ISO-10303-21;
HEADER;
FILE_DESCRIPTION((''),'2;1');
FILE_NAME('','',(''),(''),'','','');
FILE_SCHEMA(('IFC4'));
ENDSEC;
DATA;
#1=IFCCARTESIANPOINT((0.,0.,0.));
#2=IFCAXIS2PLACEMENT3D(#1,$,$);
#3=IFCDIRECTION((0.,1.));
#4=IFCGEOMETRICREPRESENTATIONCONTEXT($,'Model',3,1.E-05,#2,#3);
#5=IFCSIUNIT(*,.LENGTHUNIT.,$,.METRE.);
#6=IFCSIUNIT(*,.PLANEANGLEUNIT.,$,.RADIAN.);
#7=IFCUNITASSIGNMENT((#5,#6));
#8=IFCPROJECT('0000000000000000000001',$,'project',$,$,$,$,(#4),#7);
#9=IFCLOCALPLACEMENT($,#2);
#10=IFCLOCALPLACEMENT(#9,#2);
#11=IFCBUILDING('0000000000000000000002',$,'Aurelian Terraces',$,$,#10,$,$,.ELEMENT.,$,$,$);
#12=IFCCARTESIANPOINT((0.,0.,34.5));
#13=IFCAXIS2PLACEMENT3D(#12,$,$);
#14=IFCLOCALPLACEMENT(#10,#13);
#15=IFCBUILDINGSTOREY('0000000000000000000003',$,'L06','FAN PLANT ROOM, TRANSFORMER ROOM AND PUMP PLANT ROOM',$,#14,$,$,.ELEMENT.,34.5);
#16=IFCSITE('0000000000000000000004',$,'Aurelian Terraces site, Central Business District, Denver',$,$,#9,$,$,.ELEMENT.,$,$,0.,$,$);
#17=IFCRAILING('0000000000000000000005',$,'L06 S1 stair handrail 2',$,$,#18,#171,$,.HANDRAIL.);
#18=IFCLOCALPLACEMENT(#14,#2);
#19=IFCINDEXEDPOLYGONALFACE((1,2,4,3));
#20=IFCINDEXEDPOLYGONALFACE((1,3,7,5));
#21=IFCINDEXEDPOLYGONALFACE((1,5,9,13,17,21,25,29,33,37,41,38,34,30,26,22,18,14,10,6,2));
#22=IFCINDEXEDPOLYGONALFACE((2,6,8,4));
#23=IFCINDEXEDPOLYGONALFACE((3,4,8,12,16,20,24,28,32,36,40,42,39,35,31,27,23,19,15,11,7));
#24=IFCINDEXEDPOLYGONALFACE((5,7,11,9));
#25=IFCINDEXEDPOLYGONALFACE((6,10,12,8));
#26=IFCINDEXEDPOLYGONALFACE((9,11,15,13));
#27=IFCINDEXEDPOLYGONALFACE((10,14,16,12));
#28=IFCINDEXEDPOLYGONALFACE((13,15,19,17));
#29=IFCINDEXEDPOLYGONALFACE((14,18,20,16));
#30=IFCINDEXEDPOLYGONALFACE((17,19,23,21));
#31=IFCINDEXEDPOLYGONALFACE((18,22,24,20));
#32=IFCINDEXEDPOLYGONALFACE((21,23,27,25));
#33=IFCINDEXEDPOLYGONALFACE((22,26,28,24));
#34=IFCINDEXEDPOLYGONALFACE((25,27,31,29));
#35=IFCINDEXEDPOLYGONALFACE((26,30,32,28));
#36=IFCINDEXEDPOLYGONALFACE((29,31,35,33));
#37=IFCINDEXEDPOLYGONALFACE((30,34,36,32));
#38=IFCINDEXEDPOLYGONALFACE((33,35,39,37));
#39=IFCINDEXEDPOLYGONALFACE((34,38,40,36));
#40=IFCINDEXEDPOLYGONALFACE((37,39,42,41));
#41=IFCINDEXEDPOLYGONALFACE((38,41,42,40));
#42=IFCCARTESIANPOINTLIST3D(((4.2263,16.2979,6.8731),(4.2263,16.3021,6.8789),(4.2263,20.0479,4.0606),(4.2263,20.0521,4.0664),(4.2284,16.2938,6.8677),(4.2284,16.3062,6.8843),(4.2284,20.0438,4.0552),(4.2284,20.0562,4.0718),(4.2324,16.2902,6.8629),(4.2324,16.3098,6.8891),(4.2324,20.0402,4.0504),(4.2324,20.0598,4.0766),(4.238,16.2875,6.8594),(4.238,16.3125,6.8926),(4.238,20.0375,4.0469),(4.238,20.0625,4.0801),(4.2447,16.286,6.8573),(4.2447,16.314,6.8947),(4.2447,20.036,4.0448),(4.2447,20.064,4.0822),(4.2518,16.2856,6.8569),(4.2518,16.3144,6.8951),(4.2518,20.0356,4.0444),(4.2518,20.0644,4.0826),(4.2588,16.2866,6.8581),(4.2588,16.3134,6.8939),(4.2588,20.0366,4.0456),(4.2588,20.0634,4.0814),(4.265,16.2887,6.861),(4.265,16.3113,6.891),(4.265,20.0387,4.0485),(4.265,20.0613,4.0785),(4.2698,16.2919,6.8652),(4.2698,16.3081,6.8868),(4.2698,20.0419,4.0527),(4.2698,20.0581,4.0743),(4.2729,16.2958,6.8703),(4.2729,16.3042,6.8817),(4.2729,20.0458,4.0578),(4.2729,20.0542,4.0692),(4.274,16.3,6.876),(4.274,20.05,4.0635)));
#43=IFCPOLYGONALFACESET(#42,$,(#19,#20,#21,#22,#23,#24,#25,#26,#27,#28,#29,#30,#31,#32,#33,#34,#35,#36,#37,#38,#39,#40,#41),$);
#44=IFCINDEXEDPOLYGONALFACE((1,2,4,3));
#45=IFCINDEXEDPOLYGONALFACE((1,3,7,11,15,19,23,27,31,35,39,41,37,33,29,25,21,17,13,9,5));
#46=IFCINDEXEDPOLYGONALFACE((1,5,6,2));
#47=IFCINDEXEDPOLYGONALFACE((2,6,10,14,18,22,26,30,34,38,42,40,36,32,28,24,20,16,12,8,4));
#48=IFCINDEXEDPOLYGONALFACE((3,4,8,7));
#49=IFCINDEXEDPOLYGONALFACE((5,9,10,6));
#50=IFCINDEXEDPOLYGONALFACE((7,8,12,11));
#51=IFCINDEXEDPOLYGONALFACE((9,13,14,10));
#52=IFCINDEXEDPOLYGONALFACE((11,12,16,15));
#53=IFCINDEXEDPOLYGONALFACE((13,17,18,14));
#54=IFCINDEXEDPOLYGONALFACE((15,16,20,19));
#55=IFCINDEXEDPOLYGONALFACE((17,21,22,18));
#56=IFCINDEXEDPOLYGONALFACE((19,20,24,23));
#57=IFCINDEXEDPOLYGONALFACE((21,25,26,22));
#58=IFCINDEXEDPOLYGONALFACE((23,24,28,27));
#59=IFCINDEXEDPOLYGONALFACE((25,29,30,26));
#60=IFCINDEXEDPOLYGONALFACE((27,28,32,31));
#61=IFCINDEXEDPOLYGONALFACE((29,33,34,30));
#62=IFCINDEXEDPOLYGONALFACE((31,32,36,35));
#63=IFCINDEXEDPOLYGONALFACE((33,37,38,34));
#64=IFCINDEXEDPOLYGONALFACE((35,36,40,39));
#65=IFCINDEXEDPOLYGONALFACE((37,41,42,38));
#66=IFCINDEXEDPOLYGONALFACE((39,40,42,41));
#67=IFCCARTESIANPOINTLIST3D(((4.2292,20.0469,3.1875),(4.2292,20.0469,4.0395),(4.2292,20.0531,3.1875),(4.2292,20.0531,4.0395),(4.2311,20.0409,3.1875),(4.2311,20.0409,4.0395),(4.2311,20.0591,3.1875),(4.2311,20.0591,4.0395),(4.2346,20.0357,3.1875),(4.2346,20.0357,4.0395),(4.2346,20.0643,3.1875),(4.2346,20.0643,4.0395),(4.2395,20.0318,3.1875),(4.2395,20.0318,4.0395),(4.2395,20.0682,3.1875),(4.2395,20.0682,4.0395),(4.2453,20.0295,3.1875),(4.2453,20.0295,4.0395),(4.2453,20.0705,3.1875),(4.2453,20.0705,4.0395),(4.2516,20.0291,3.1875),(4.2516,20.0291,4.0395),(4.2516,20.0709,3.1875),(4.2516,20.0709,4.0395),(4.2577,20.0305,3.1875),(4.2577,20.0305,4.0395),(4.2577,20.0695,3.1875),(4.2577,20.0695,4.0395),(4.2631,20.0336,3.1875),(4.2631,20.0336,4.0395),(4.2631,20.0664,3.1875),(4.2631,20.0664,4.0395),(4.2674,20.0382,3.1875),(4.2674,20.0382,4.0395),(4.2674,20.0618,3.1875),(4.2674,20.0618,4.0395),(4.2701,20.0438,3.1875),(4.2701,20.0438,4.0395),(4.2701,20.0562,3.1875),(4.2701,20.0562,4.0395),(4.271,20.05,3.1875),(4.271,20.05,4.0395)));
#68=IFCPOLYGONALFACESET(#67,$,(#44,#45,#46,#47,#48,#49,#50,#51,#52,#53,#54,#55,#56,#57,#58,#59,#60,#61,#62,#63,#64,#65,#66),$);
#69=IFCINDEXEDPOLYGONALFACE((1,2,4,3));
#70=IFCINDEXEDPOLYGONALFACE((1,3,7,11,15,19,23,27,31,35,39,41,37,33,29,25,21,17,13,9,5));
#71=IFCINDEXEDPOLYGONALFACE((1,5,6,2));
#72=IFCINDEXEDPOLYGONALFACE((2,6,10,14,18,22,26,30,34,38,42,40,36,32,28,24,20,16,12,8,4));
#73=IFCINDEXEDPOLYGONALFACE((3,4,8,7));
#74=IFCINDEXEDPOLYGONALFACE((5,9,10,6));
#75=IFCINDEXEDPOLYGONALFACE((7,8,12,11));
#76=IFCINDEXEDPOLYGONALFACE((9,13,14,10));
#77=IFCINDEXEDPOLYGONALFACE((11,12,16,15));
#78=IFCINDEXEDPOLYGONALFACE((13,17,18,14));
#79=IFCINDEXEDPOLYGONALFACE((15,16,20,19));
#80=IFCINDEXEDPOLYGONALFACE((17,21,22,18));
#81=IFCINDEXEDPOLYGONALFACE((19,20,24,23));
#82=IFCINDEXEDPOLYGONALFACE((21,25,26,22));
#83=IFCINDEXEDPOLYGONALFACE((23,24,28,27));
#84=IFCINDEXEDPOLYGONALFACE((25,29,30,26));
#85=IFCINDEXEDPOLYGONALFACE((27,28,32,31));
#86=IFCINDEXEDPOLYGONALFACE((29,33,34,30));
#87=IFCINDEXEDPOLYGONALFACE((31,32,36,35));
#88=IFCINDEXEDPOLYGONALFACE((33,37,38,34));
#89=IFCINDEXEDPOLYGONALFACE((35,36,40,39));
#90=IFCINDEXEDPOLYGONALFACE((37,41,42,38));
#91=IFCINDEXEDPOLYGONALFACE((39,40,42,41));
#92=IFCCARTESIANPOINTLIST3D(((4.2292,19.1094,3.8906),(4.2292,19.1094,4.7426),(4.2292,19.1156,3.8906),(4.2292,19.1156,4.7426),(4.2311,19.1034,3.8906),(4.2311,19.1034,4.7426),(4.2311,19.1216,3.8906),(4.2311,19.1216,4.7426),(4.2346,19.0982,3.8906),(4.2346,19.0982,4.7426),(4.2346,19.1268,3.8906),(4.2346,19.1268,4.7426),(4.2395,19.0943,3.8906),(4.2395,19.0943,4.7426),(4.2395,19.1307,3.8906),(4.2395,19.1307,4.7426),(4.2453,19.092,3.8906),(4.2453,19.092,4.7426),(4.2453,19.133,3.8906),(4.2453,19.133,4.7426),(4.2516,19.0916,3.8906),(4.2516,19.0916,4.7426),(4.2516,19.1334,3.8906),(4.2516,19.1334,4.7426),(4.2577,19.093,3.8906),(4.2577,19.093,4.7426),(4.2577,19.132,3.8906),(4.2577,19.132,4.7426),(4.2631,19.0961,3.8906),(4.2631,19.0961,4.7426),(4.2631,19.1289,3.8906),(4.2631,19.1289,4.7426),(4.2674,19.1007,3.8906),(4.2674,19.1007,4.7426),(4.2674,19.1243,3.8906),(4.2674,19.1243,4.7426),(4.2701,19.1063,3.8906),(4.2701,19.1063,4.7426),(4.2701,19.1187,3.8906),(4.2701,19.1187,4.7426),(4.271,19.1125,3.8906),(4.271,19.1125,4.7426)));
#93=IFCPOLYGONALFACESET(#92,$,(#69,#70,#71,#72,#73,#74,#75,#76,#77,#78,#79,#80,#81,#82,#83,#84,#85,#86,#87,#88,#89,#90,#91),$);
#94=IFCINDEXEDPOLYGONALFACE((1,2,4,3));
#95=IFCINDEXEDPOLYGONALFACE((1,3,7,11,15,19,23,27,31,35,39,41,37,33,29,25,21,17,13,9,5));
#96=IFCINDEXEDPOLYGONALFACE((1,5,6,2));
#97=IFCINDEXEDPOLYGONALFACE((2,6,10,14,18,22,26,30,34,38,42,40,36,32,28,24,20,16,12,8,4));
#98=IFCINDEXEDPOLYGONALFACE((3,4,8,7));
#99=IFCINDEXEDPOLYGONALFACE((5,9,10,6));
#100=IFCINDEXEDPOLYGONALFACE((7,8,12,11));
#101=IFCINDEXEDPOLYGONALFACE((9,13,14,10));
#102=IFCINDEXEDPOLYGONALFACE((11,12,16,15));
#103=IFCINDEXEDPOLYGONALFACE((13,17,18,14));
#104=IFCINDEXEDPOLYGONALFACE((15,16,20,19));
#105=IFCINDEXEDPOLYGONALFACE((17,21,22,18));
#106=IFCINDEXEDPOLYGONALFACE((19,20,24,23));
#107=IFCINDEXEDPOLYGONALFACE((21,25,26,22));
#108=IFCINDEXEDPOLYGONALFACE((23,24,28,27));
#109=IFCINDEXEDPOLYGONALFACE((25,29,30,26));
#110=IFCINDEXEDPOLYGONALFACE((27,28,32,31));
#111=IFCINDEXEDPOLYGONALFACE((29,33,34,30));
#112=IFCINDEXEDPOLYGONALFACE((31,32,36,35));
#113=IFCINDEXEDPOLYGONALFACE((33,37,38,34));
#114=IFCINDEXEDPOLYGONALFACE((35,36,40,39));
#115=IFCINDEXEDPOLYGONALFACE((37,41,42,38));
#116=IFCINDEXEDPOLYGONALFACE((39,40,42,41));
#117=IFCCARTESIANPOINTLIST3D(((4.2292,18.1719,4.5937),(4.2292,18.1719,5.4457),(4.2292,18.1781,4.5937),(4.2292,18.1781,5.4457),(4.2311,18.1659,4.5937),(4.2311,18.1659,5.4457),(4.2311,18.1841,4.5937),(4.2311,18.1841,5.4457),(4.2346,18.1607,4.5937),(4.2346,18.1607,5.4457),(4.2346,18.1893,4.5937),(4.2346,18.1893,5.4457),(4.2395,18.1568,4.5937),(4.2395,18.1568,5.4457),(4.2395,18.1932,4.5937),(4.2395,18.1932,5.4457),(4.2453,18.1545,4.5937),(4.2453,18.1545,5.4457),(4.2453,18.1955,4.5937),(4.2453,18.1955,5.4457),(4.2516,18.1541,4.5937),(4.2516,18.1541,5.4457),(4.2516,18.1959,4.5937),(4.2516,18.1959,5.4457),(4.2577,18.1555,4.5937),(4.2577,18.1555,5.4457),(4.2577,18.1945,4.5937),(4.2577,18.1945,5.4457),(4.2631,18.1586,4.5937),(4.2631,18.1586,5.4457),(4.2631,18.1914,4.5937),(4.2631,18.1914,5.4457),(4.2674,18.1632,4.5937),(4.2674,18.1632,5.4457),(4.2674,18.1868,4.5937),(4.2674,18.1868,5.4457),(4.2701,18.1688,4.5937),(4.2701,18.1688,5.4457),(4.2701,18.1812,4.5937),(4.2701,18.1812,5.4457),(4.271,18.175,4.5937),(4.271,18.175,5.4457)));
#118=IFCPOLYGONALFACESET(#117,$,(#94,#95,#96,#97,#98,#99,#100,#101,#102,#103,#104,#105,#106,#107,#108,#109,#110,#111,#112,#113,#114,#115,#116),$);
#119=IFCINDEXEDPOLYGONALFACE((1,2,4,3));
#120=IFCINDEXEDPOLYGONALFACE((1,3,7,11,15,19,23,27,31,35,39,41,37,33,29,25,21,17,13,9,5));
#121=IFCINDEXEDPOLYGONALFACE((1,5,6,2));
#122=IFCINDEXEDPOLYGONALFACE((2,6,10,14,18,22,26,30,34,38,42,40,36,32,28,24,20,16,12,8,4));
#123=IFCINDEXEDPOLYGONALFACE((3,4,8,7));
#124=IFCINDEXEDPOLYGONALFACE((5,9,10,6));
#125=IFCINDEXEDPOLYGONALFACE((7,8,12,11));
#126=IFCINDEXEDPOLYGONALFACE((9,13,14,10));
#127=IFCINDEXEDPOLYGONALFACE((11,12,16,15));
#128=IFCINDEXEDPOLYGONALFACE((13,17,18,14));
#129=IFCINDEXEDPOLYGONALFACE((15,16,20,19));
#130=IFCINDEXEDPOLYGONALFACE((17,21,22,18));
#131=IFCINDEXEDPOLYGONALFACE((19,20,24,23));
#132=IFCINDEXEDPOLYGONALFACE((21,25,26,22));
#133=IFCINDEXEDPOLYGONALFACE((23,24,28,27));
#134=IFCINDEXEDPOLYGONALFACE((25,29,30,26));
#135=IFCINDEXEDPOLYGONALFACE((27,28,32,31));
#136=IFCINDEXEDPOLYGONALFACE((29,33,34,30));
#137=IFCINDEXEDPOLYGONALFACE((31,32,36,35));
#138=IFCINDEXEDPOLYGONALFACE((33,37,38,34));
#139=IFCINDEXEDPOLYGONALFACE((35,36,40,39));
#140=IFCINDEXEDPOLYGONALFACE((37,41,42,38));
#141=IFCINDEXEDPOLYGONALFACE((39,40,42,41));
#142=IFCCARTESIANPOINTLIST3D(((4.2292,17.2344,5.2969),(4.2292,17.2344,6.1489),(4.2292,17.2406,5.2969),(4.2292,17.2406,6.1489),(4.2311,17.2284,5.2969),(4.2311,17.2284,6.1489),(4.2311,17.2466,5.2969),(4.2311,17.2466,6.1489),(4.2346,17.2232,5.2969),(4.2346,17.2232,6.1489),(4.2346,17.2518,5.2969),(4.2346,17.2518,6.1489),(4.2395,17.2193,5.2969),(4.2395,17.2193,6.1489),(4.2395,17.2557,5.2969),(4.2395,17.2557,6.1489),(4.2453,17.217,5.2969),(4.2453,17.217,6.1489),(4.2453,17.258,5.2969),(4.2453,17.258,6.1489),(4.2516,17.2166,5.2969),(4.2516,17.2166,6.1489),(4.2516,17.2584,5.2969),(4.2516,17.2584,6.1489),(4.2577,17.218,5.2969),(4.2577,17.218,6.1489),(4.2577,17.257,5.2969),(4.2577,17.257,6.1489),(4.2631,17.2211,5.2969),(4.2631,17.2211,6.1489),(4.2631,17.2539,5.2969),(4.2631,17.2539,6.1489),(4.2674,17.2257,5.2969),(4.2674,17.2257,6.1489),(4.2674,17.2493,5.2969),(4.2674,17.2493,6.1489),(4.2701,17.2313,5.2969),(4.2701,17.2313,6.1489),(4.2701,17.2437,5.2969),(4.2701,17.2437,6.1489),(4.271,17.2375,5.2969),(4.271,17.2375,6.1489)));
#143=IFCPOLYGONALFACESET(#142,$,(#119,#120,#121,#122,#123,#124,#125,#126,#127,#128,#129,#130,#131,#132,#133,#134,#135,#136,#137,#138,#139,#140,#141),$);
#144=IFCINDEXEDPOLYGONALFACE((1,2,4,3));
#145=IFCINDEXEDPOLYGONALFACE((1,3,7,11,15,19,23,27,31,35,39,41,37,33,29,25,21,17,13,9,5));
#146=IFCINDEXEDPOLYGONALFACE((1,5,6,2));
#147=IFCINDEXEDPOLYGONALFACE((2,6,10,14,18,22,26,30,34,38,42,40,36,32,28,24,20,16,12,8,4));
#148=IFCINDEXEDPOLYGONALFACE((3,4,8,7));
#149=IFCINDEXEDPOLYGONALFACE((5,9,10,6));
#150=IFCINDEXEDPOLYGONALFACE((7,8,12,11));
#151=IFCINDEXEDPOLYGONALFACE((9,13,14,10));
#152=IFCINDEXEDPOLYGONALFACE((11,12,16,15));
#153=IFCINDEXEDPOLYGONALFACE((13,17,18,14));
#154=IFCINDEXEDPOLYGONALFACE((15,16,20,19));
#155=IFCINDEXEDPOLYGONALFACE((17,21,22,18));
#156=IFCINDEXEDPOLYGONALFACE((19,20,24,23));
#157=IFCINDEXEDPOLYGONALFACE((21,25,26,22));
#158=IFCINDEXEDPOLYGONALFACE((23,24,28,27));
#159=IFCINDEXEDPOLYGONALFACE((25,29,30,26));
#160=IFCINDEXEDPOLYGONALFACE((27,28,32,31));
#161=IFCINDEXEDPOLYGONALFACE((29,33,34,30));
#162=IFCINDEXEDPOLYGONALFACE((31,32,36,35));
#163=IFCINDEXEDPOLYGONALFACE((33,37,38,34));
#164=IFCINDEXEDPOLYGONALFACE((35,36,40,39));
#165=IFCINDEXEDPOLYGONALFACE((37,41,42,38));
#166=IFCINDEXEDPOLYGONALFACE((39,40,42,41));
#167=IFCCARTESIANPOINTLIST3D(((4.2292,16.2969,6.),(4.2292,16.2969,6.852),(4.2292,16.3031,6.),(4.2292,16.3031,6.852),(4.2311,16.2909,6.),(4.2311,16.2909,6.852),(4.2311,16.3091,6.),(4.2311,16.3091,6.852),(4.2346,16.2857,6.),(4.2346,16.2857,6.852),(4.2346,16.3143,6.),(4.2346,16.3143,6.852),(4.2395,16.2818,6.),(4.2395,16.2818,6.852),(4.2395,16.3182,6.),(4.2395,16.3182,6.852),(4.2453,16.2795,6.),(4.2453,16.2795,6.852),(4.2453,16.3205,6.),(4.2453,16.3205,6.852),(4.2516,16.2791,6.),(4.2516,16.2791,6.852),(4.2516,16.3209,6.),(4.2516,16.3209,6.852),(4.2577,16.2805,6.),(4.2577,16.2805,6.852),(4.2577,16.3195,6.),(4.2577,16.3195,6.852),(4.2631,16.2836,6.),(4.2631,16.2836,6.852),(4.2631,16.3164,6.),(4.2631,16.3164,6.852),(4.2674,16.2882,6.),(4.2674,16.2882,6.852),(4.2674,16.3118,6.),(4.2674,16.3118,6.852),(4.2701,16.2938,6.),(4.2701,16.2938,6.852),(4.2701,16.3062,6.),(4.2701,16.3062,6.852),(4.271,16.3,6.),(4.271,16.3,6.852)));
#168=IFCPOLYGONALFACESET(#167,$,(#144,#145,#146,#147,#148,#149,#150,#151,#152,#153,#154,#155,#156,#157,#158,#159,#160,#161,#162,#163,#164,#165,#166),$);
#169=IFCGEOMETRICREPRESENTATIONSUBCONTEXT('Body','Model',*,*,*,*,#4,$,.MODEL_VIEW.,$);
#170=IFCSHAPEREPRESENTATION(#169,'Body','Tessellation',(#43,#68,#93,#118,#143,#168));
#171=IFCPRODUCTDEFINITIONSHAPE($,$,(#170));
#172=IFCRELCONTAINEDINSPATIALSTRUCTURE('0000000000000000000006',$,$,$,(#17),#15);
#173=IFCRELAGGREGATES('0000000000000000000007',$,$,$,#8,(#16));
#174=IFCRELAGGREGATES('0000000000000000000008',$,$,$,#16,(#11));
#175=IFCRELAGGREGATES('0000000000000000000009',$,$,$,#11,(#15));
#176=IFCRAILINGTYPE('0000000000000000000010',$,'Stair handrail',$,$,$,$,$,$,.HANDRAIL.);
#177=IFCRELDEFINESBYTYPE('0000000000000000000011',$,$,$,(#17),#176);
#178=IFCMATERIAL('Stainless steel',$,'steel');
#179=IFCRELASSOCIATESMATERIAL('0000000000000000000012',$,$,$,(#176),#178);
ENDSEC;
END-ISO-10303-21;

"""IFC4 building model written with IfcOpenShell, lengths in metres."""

from ifc_helpers import new_model, si_unit, direction, frame, origin, origin_2d, place, context, subcontext, project, spatial, circle, extrude, material, type_object, element, save


model = new_model("IFC4")

# Units and contexts
model_context = context("Model", 3, precision=1e-05, world=origin(), true_north=direction((0.0, 1.0)))
body_context = subcontext(model_context, "Body", "Model", "MODEL_VIEW")
ifc_project = project(units=[si_unit("LENGTHUNIT", "METRE"), si_unit("PLANEANGLEUNIT", "RADIAN")], contexts=[model_context])

# Site, building, storey
site_placement = place(None, origin())
site = spatial("IfcSite", under=ifc_project, at=site_placement, Name="Aurelian Terraces site, Central Business District, Denver", CompositionType="ELEMENT", RefElevation=0.0)
building_placement = place(site_placement, origin())
building = spatial("IfcBuilding", under=site, at=building_placement, Name="Aurelian Terraces", CompositionType="ELEMENT")
storey_placement = place(building_placement, frame((0.0, 0.0, 34.5)))
storey = spatial("IfcBuildingStorey", under=building, at=storey_placement, Name="L06", Description="FAN PLANT ROOM, TRANSFORMER ROOM AND PUMP PLANT ROOM", CompositionType="ELEMENT", Elevation=34.5)

# Shared definitions
ifc_material_1 = material(Name="Stainless steel", Category="steel")

# Railing
railing_type_1 = type_object("IfcRailingType", Name="Stair handrail", PredefinedType="HANDRAIL", material=ifc_material_1)
railing_1_placement = place(storey_placement, frame((4.25, 20.05, 3.1875)))
element("IfcRailing", 1, at=railing_1_placement, inside=storey, type_object=railing_type_1, Name="L06 S1 stair handrail 2", PredefinedType="HANDRAIL", context=body_context, shape_type="SweptSolid", body=[
    extrude(circle(Radius=0.024, at=origin_2d()), frame((0.0, 0.0, 0.876), z_axis=(0.0, -0.8, 0.6), x_axis=(1.0, 0.0, 0.0)), (0.0, 0.0, 1.0), 4.6875),
    extrude(circle(Radius=0.021, at=origin_2d()), origin(), (0.0, 0.0, 1.0), 0.852),
    extrude(circle(Radius=0.021, at=origin_2d()), frame((0.0, -0.9375, 0.7031)), (0.0, 0.0, 1.0), 0.852),
    extrude(circle(Radius=0.021, at=origin_2d()), frame((0.0, -1.875, 1.4062)), (0.0, 0.0, 1.0), 0.852),
    extrude(circle(Radius=0.021, at=origin_2d()), frame((0.0, -2.8125, 2.1094)), (0.0, 0.0, 1.0), 0.852),
    extrude(circle(Radius=0.021, at=origin_2d()), frame((0.0, -3.75, 2.8125)), (0.0, 0.0, 1.0), 0.852),
])

save(model, "model.ifc")
